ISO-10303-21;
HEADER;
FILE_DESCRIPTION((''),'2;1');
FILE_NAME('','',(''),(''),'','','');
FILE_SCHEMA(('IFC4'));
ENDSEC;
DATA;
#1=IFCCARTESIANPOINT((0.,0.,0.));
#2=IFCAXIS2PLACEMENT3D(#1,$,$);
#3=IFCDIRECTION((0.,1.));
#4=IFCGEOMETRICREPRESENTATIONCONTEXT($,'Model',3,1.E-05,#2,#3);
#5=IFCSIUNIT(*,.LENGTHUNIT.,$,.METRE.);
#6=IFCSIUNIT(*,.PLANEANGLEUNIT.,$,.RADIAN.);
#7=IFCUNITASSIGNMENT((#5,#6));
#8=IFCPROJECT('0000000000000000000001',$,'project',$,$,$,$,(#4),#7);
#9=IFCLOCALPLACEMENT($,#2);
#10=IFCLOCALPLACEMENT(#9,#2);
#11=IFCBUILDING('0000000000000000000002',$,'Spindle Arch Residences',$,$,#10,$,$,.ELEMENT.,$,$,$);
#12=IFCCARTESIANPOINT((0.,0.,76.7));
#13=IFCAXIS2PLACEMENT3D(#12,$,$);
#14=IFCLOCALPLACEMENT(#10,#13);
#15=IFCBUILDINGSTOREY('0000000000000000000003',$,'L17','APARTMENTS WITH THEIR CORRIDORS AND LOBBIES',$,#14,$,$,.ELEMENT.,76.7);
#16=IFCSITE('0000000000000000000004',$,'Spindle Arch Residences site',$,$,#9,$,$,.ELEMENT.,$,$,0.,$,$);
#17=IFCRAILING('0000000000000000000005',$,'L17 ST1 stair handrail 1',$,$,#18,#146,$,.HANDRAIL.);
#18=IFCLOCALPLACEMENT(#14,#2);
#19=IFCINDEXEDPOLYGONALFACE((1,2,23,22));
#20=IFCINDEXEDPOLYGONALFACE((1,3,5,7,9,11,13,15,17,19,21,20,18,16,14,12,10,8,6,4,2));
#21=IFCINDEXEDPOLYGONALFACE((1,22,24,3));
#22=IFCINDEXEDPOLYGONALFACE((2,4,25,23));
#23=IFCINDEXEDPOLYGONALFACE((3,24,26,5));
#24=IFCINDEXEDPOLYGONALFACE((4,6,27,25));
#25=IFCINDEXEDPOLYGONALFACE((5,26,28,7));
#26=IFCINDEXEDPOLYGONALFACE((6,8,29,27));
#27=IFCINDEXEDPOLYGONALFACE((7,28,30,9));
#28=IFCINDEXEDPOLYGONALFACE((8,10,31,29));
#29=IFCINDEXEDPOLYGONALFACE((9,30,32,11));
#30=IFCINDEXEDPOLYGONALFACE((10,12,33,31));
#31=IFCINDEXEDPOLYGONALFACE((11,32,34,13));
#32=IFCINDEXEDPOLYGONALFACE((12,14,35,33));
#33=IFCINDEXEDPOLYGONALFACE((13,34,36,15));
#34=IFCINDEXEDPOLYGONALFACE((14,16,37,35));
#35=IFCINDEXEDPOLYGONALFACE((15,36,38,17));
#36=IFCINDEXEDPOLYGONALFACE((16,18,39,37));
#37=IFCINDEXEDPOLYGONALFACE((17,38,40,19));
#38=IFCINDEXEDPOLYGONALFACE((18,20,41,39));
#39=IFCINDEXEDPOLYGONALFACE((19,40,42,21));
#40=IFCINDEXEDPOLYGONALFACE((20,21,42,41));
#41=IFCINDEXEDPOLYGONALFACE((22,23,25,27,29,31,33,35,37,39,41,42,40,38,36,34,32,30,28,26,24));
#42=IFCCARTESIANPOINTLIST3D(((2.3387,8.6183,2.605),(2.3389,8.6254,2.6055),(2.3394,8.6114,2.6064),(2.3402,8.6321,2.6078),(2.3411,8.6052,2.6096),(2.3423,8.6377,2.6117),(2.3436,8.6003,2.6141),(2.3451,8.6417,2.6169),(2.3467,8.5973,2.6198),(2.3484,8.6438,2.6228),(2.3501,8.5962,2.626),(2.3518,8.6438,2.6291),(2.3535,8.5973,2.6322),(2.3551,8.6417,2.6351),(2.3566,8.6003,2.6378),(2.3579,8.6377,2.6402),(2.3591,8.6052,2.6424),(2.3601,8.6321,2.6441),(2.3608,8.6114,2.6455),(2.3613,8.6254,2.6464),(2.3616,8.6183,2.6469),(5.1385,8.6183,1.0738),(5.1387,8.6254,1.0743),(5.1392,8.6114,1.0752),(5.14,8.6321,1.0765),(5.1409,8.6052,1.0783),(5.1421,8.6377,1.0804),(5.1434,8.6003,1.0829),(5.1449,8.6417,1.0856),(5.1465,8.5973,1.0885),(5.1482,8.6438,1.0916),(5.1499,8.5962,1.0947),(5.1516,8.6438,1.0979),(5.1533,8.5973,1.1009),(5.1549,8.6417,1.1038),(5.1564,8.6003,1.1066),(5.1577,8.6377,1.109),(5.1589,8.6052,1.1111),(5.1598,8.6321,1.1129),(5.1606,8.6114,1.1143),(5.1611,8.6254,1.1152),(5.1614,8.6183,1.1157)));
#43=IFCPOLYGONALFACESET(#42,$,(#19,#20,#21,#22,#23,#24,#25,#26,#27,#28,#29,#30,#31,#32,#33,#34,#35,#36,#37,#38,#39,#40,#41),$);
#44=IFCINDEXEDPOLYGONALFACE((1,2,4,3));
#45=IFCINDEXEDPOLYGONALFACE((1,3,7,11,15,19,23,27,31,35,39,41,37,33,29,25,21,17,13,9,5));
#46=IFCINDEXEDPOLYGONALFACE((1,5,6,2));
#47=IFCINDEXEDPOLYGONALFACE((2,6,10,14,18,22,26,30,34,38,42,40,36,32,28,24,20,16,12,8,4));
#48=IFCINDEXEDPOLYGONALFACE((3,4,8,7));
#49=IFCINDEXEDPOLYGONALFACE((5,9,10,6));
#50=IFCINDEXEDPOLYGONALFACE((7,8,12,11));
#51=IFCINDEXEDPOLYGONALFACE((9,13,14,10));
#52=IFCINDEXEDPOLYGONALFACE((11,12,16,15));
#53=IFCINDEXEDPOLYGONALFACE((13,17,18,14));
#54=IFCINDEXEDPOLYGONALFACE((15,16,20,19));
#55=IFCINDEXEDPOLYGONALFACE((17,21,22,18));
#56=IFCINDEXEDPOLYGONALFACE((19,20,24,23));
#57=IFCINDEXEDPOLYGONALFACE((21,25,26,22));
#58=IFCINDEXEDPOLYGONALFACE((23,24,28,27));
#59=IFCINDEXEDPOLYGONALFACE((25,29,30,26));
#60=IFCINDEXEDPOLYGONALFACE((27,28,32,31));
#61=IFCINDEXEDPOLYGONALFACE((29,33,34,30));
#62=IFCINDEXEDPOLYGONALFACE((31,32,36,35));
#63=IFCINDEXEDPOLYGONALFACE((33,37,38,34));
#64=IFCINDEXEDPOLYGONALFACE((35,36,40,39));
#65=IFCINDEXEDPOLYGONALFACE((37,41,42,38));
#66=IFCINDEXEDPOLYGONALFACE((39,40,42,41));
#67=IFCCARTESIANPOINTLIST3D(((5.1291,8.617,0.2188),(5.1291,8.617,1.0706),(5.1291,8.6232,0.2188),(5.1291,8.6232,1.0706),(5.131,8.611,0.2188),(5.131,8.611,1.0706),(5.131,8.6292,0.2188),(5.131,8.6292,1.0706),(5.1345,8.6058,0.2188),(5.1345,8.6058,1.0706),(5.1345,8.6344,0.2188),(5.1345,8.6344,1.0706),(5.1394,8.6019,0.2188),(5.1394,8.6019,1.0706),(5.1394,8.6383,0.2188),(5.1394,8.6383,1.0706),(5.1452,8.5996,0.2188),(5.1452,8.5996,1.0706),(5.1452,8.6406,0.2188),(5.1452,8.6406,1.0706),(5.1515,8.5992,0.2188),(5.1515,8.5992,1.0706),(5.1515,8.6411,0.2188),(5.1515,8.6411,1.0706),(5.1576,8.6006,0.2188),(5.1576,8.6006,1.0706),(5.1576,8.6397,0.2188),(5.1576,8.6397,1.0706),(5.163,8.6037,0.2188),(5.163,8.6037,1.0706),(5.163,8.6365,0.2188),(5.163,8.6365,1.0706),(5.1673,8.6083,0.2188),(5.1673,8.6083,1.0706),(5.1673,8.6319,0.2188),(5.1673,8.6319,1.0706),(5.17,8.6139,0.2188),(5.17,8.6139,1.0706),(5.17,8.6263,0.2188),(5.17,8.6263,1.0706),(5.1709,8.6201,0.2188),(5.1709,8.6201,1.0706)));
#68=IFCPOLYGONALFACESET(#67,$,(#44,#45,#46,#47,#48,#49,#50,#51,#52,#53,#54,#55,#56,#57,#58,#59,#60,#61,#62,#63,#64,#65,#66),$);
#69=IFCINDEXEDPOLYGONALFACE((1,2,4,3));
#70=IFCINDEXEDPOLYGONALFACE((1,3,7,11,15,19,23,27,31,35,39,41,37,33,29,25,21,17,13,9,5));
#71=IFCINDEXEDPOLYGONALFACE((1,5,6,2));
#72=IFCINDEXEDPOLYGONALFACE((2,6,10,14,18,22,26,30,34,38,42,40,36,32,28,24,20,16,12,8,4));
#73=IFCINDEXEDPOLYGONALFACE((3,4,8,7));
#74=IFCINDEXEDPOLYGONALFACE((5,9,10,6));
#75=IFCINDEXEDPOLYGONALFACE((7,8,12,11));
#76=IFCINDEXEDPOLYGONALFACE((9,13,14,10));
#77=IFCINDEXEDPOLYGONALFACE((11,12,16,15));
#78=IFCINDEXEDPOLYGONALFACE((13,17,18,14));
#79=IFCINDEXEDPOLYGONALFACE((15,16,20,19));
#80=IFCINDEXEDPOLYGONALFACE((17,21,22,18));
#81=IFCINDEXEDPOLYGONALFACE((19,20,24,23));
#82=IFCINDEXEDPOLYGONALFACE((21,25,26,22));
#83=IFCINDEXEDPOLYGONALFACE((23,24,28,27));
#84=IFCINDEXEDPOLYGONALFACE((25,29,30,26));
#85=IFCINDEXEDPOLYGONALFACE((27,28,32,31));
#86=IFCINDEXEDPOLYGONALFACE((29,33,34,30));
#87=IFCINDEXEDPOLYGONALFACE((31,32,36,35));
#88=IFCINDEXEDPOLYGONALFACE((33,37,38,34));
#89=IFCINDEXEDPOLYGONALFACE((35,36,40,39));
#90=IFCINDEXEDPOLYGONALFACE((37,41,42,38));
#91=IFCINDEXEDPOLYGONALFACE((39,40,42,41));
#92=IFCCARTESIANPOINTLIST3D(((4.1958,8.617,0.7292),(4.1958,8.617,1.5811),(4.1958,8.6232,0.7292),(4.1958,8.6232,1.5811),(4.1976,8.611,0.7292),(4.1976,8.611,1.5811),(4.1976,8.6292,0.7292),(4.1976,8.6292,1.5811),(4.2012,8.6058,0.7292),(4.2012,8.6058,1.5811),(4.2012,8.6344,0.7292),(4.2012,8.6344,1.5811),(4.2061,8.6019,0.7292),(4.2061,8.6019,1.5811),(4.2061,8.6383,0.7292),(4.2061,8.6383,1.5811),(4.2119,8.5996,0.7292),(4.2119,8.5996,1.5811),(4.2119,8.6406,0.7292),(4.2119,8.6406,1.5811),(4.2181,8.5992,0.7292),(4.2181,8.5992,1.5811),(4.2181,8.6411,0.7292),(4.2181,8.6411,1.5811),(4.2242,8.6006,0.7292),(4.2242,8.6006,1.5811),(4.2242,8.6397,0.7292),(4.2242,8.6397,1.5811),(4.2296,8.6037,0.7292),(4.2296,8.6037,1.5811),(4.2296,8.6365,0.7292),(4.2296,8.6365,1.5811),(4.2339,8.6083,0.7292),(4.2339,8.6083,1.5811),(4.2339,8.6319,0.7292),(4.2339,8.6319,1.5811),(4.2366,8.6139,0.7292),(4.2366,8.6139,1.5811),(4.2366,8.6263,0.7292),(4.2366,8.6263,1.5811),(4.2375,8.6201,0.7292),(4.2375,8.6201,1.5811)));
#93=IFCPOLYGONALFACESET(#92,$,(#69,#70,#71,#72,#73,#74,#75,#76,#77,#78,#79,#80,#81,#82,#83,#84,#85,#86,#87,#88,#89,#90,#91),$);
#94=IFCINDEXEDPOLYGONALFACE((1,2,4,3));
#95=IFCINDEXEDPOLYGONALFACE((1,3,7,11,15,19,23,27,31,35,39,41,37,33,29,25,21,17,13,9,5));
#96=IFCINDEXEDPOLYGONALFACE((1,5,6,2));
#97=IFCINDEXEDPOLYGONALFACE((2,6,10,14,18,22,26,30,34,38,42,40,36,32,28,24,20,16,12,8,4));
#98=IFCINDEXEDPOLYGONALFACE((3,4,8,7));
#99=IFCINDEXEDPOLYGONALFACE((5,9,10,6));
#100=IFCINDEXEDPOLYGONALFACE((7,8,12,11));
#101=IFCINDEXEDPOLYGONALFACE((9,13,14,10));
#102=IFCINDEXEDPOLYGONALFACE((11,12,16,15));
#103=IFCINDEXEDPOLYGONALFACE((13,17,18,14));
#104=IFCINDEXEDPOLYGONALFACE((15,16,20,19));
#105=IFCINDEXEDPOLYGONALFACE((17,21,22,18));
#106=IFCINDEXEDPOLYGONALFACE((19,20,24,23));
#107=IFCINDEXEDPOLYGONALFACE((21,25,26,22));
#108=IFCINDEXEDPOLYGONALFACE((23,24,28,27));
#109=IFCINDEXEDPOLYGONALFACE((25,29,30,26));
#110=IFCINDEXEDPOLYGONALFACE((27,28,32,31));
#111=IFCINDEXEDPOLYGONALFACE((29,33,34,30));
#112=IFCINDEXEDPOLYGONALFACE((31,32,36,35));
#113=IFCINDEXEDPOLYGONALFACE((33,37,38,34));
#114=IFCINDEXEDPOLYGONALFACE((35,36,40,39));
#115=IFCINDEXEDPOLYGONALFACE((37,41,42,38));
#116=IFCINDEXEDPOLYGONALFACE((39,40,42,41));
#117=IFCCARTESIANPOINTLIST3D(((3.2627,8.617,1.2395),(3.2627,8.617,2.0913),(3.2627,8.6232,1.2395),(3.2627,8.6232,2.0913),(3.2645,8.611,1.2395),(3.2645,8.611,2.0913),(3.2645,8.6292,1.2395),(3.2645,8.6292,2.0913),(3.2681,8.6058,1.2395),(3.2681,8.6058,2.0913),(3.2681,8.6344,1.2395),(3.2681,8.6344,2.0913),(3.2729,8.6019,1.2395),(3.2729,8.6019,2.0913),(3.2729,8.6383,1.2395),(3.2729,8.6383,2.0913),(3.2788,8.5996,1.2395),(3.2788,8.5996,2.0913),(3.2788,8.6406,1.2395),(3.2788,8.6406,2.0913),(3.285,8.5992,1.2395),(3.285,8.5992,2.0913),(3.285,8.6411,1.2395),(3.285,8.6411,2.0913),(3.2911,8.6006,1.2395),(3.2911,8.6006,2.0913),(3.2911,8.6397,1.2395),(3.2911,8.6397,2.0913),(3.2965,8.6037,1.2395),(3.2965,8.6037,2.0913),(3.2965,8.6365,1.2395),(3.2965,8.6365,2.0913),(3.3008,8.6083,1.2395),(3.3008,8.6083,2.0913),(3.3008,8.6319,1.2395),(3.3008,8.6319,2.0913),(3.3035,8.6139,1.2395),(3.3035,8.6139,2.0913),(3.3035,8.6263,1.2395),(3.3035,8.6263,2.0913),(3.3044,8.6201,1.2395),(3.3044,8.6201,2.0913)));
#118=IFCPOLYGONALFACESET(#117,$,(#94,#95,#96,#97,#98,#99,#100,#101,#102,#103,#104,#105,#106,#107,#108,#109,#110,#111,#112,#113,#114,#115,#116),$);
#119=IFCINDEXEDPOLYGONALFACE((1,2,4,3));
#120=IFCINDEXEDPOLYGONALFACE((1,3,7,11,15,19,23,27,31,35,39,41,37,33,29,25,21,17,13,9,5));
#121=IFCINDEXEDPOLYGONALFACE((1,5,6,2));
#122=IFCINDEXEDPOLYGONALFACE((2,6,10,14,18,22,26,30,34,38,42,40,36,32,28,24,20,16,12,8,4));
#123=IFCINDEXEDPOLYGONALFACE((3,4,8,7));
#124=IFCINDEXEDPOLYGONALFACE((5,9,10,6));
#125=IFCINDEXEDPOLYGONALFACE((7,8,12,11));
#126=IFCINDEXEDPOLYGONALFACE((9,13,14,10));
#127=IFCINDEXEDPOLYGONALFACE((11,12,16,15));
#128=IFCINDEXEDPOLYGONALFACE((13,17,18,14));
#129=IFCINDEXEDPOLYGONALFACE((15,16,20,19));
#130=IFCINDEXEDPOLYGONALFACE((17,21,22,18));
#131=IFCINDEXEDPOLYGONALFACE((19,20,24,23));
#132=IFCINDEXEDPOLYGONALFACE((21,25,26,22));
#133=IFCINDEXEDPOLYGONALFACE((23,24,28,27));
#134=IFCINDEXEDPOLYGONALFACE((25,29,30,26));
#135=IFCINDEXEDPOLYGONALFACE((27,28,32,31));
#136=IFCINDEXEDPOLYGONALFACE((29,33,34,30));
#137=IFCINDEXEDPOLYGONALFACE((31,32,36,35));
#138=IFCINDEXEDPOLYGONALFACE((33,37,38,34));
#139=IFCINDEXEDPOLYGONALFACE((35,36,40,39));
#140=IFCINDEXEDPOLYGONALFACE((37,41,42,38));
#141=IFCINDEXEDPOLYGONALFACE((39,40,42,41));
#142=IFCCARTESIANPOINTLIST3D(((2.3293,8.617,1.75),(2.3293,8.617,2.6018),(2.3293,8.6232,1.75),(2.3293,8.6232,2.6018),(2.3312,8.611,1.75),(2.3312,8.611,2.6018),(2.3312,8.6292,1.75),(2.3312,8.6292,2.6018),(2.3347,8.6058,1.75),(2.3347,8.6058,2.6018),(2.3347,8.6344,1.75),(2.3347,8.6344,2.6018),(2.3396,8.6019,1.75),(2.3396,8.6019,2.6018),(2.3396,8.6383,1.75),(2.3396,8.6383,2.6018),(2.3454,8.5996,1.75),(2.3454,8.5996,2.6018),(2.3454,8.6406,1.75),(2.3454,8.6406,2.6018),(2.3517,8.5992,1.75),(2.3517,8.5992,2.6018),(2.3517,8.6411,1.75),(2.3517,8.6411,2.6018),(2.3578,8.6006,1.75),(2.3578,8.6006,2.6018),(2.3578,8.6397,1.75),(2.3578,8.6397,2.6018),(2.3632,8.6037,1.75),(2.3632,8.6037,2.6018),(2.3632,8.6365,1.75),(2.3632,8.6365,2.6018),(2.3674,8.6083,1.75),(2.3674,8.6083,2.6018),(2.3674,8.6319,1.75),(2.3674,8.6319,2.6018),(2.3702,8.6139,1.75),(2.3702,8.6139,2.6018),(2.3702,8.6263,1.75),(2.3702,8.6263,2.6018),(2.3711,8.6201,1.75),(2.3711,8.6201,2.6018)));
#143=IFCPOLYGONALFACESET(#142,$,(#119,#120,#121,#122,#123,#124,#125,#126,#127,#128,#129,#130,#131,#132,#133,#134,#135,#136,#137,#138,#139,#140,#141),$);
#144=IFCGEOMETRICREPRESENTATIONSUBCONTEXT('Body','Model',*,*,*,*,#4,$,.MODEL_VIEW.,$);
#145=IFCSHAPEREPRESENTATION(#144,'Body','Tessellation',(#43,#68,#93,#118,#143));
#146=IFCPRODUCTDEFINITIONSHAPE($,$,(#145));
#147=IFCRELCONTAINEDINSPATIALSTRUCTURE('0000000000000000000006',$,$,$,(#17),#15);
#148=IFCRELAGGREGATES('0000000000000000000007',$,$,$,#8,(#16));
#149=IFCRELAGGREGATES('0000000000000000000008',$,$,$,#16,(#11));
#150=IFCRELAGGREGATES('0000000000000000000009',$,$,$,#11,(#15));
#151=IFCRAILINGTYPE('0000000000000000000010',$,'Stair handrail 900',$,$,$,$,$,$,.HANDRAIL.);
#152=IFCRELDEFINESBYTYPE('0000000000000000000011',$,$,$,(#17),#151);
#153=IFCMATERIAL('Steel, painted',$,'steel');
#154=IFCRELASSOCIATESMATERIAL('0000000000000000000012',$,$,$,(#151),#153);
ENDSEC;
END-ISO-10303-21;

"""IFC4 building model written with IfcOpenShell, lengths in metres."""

from ifc_helpers import new_model, si_unit, direction, frame, origin, origin_2d, place, context, subcontext, project, spatial, circle, extrude, material, type_object, element, save


model = new_model("IFC4")

# Units and contexts
model_context = context("Model", 3, precision=1e-05, world=origin(), true_north=direction((0.0, 1.0)))
body_context = subcontext(model_context, "Body", "Model", "MODEL_VIEW")
ifc_project = project(units=[si_unit("LENGTHUNIT", "METRE"), si_unit("PLANEANGLEUNIT", "RADIAN")], contexts=[model_context])

# Site, building, storey
site_placement = place(None, origin())
site = spatial("IfcSite", under=ifc_project, at=site_placement, Name="Spindle Arch Residences site", CompositionType="ELEMENT", RefElevation=0.0)
building_placement = place(site_placement, origin())
building = spatial("IfcBuilding", under=site, at=building_placement, Name="Spindle Arch Residences", CompositionType="ELEMENT")
storey_placement = place(building_placement, frame((0.0, 0.0, 76.7)))
storey = spatial("IfcBuildingStorey", under=building, at=storey_placement, Name="L17", Description="APARTMENTS WITH THEIR CORRIDORS AND LOBBIES", CompositionType="ELEMENT", Elevation=76.7)

# Railing
ifc_material_1 = material(Name="Steel, painted", Category="steel")
railing_type_1 = type_object("IfcRailingType", Name="Stair handrail 900", PredefinedType="HANDRAIL", material=ifc_material_1)
railing_1_placement = place(storey_placement, frame((5.1499, 8.6201, 0.2188)))
element("IfcRailing", 1, at=railing_1_placement, inside=storey, type_object=railing_type_1, Name="L17 ST1 stair handrail 1", PredefinedType="HANDRAIL", context=body_context, shape_type="SweptSolid", body=[
    extrude(circle(Radius=0.0239, at=origin_2d()), frame((0.0, 0.0, 0.876), z_axis=(-0.877357, 0.0, 0.479838), x_axis=(0.0, -1.0, 0.0)), (0.0, 0.0, 1.0), 3.1912),
    extrude(circle(Radius=0.021, at=origin_2d()), origin(), (0.0, 0.0, 1.0), 0.8518),
    extrude(circle(Radius=0.021, at=origin_2d()), frame((-0.9333, 0.0, 0.5105)), (0.0, 0.0, 1.0), 0.8518),
    extrude(circle(Radius=0.021, at=origin_2d()), frame((-1.8665, 0.0, 1.0208)), (0.0, 0.0, 1.0), 0.8518),
    extrude(circle(Radius=0.021, at=origin_2d()), frame((-2.7998, 0.0, 1.5312)), (0.0, 0.0, 1.0), 0.8518),
])

save(model, "model.ifc")
